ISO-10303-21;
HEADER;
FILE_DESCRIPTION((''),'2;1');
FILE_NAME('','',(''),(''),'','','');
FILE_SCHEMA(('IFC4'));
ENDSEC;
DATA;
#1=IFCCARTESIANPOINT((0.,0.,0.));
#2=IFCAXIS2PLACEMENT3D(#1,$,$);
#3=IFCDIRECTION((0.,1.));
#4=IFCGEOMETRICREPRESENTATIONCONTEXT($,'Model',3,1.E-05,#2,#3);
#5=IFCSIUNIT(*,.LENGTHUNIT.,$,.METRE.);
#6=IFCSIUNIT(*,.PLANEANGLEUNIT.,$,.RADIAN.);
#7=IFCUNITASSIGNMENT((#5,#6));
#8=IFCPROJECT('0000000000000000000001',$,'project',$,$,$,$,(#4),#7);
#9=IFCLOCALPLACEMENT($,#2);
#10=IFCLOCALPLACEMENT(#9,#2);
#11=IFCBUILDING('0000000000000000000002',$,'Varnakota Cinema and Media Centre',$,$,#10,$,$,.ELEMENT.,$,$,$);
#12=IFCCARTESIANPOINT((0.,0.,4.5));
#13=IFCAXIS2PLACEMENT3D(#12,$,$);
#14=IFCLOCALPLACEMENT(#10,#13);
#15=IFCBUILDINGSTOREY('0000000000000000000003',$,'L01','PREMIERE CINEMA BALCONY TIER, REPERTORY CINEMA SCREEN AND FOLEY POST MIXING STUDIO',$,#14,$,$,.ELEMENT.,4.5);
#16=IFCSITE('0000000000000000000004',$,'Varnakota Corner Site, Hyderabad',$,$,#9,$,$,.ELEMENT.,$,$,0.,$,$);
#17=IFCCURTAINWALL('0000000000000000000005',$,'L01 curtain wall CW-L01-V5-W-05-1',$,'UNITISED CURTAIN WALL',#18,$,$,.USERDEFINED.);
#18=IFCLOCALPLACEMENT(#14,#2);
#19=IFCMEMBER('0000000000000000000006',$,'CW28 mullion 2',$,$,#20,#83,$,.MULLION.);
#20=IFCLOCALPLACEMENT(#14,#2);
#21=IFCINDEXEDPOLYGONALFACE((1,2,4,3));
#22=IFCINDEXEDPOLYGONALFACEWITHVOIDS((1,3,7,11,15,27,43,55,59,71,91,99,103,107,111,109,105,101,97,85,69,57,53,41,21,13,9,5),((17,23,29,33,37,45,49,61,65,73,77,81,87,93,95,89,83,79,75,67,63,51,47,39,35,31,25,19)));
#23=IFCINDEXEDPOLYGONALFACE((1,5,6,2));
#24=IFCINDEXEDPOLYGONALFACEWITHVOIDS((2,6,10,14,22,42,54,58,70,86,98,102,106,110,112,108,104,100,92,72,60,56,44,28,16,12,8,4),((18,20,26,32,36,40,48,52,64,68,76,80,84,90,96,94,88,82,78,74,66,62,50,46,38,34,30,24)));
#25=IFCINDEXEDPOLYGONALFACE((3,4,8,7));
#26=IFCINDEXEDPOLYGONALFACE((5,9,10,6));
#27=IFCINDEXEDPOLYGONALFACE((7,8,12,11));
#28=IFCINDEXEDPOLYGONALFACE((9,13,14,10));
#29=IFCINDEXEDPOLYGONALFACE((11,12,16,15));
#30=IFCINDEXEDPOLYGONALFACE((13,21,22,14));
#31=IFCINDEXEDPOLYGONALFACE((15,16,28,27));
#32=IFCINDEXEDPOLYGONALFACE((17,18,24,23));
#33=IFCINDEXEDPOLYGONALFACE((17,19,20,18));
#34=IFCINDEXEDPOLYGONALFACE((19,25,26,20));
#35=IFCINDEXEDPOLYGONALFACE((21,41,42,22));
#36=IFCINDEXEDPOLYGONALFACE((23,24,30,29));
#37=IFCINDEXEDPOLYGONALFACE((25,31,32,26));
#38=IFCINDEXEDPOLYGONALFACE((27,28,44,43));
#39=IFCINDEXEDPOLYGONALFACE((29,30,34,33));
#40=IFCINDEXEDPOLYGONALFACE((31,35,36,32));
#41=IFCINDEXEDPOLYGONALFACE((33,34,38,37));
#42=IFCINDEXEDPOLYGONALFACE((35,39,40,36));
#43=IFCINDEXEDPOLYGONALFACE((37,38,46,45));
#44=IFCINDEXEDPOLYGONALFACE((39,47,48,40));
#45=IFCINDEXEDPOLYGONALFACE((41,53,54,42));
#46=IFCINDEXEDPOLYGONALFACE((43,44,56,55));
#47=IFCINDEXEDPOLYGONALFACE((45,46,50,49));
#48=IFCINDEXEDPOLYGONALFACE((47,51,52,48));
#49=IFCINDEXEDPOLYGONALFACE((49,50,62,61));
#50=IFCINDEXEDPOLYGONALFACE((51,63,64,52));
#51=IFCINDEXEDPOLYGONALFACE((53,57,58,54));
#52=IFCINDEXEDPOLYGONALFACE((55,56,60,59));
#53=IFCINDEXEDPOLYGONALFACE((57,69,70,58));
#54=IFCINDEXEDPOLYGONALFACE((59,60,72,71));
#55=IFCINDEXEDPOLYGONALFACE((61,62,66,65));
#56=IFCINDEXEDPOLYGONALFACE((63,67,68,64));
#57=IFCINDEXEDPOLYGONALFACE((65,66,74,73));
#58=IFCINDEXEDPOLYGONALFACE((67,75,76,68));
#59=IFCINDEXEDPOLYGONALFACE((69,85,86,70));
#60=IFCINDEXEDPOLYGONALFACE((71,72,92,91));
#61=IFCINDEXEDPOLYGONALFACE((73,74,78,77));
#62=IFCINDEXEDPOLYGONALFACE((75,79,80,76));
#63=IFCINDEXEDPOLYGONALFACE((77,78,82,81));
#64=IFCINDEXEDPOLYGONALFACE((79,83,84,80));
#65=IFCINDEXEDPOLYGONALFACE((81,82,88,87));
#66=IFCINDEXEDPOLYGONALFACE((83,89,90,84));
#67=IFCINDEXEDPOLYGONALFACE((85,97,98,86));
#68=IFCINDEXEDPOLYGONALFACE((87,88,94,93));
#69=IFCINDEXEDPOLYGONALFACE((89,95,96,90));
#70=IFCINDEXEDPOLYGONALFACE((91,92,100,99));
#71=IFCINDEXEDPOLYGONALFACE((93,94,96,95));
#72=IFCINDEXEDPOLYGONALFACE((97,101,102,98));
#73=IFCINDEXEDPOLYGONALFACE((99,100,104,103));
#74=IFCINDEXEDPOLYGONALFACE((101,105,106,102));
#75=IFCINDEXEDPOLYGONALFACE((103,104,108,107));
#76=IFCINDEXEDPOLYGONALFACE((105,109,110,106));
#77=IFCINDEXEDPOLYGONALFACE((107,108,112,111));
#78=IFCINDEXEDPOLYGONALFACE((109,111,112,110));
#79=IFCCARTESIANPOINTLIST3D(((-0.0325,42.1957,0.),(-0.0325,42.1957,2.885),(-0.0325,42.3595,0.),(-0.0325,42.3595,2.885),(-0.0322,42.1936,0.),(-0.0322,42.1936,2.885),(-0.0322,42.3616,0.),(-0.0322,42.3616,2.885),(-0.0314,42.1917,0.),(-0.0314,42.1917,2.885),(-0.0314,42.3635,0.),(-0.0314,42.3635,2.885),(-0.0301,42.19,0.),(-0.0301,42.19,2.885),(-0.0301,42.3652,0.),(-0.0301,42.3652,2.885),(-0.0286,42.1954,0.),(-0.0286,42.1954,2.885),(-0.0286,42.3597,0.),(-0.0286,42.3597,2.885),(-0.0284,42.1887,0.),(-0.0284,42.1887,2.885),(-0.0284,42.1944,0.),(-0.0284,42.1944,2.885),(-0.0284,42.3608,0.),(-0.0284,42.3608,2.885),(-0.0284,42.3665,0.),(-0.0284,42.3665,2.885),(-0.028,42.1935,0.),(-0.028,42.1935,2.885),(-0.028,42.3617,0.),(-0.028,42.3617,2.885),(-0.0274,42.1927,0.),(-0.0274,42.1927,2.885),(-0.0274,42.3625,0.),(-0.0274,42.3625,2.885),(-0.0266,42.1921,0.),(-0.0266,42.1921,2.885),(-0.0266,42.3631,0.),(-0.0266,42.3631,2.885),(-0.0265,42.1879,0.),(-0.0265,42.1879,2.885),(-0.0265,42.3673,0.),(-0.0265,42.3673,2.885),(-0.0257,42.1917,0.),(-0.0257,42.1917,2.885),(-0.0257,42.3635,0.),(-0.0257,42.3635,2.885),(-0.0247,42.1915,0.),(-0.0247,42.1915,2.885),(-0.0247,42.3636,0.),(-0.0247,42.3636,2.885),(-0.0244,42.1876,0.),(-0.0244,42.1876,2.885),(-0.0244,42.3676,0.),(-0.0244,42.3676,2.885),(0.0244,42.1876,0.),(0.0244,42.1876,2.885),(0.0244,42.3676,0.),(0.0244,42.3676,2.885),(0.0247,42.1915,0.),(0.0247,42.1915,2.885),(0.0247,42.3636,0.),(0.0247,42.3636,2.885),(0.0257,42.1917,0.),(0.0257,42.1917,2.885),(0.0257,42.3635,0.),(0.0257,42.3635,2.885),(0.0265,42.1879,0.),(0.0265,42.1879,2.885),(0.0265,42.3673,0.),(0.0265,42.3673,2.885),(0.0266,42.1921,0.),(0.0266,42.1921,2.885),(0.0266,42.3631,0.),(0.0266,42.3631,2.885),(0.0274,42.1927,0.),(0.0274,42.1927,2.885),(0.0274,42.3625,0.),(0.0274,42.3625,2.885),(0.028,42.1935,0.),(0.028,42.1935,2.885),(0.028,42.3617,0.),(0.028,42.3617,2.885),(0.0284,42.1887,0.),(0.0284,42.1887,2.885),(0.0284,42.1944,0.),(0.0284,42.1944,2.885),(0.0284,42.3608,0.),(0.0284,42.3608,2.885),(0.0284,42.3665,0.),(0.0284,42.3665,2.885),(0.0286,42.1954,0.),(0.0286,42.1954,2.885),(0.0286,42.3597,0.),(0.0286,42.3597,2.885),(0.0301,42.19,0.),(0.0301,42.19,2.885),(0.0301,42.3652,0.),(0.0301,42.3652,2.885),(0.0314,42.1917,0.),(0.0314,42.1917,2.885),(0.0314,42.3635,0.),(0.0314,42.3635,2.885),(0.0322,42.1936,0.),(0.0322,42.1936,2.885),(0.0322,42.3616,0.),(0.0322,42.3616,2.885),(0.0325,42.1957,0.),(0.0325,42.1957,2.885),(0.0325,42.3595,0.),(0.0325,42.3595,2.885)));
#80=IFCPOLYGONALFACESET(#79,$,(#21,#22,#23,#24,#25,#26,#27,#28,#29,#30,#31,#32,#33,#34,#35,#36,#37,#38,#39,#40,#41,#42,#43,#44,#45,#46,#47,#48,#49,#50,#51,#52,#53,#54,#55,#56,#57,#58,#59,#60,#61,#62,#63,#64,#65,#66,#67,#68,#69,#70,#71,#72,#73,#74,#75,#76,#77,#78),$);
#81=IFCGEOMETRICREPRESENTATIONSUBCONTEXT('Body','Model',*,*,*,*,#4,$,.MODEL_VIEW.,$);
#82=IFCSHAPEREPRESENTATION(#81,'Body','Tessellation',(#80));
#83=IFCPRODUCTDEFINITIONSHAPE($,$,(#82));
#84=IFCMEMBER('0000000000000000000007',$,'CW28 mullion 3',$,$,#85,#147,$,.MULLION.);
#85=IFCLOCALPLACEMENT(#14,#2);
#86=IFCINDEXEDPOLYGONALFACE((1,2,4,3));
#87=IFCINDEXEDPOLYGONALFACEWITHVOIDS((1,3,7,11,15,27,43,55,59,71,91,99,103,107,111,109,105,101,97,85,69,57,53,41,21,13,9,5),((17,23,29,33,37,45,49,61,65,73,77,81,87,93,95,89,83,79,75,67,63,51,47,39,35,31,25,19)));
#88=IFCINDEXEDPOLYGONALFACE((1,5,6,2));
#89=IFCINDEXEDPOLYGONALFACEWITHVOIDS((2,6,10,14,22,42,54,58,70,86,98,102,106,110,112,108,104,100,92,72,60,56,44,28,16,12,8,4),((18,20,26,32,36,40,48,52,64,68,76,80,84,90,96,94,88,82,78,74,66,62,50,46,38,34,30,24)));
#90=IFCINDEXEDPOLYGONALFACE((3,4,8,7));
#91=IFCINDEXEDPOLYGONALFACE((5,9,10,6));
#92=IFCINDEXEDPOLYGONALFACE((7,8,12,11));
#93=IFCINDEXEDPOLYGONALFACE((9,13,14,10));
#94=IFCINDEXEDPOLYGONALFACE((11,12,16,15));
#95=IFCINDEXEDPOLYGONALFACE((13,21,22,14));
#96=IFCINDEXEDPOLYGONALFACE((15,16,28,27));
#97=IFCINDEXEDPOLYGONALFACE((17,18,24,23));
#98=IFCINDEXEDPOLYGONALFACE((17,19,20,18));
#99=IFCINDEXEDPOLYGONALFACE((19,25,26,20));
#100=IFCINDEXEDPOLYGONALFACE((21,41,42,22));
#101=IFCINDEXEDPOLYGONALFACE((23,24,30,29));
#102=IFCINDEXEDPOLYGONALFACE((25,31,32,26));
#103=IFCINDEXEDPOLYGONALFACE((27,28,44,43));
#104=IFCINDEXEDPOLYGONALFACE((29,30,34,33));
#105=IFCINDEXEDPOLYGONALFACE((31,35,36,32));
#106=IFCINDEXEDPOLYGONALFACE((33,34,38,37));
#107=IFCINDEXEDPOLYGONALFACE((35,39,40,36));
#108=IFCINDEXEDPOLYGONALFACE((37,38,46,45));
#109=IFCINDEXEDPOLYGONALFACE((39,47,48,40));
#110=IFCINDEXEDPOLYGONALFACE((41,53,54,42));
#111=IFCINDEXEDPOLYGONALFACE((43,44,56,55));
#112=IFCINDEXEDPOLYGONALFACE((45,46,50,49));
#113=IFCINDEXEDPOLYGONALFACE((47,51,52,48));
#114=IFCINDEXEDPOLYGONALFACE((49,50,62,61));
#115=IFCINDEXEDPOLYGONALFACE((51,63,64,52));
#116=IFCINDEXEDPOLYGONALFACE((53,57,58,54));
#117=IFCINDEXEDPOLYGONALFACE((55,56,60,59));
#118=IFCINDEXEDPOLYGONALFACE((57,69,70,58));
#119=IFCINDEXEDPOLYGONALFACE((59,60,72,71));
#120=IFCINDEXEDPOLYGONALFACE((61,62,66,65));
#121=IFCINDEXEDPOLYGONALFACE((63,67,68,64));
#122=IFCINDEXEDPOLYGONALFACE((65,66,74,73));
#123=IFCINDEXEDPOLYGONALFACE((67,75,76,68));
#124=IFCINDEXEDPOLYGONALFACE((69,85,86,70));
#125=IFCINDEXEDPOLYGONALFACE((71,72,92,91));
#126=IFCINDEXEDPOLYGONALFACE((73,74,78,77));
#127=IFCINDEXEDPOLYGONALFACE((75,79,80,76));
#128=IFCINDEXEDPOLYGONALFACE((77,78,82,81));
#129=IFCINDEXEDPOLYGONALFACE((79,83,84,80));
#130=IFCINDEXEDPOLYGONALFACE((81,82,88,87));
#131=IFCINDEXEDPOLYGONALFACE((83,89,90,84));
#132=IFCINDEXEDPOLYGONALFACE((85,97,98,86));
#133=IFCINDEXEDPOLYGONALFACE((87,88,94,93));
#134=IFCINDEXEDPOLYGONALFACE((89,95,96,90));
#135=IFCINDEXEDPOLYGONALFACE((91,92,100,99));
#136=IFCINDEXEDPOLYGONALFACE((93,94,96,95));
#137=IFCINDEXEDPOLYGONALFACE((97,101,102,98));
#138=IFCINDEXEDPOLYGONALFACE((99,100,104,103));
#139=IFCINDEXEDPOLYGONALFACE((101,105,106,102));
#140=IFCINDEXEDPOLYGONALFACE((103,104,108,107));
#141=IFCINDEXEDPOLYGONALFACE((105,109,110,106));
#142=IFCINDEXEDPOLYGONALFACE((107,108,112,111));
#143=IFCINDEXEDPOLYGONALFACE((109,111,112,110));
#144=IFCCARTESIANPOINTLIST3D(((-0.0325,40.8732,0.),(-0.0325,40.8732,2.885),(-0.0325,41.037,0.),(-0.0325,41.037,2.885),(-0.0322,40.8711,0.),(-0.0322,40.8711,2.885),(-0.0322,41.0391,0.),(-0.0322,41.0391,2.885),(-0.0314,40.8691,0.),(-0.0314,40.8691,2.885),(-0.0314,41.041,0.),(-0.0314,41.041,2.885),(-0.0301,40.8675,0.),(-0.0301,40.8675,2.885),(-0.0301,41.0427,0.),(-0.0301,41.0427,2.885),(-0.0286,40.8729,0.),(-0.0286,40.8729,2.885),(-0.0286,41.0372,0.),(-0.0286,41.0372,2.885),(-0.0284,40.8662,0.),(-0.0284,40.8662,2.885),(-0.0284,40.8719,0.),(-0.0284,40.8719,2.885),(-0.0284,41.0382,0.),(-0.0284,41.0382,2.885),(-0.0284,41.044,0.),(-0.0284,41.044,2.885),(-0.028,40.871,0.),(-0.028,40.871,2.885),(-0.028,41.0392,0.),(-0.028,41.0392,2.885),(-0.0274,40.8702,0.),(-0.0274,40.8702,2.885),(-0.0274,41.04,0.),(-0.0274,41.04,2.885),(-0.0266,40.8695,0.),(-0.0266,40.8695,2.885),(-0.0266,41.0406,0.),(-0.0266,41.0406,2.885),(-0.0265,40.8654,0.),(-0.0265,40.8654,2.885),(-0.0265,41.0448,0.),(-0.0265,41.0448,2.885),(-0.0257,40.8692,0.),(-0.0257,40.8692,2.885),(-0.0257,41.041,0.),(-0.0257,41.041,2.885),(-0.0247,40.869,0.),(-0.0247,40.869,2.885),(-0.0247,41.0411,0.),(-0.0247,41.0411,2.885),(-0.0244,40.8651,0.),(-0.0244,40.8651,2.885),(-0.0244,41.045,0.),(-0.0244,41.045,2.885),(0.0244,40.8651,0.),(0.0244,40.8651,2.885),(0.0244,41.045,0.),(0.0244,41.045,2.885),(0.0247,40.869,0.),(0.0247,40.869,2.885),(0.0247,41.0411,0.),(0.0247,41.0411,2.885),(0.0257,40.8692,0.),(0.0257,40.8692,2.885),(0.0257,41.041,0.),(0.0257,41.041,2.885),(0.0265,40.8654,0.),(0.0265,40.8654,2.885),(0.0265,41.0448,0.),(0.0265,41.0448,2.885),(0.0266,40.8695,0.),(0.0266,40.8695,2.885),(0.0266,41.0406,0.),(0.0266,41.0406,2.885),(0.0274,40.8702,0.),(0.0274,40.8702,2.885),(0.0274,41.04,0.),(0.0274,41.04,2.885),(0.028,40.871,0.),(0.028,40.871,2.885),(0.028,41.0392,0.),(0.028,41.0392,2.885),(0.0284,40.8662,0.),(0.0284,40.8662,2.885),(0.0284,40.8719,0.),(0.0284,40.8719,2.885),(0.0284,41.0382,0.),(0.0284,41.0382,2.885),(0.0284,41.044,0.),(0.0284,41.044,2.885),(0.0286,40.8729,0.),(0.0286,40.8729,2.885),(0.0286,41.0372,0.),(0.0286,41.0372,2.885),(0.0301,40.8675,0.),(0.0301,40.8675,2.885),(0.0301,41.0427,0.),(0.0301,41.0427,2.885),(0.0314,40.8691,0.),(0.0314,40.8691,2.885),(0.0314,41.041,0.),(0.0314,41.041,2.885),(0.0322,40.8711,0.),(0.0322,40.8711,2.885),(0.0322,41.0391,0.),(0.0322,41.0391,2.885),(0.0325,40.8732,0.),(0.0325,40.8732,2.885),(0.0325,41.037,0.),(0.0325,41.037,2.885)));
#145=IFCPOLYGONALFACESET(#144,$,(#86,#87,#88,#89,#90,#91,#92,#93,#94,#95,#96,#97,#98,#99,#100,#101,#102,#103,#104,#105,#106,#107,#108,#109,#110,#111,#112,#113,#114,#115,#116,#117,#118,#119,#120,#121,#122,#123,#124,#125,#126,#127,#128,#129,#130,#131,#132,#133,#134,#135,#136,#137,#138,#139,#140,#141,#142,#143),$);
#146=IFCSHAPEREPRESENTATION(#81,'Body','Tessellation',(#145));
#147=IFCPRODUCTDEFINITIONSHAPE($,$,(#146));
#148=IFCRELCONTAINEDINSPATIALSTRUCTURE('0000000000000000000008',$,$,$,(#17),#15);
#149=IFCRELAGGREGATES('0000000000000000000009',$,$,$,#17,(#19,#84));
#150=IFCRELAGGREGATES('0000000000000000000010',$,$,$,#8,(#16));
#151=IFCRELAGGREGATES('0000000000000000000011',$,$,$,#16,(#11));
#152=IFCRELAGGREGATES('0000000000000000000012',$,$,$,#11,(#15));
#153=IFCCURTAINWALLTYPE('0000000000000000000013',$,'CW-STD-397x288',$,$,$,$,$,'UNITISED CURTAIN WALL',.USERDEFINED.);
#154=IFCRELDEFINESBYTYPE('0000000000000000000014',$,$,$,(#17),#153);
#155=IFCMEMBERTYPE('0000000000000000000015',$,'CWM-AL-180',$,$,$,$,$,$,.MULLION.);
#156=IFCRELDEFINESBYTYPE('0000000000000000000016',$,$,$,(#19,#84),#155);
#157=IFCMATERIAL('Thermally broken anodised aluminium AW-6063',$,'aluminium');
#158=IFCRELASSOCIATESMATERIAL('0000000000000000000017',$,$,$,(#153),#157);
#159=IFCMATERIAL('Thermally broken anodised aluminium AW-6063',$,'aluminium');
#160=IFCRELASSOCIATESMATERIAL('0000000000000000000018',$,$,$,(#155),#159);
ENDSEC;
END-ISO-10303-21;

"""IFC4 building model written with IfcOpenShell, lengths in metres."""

from ifc_helpers import new_model, si_unit, direction, frame, origin, origin_2d, place, context, subcontext, project, spatial, hollow_rectangle, extrude, material, material_profile, profile_set, type_object, element, aggregate, save


model = new_model("IFC4")

# Units and contexts
model_context = context("Model", 3, precision=1e-05, world=origin(), true_north=direction((0.0, 1.0)))
body_context = subcontext(model_context, "Body", "Model", "MODEL_VIEW")
ifc_project = project(units=[si_unit("LENGTHUNIT", "METRE"), si_unit("PLANEANGLEUNIT", "RADIAN")], contexts=[model_context])

# Site, building, storey
site_placement = place(None, origin())
site = spatial("IfcSite", under=ifc_project, at=site_placement, Name="Varnakota Corner Site, Hyderabad", CompositionType="ELEMENT", RefElevation=0.0)
building_placement = place(site_placement, origin())
building = spatial("IfcBuilding", under=site, at=building_placement, Name="Varnakota Cinema and Media Centre", CompositionType="ELEMENT")
storey_placement = place(building_placement, frame((0.0, 0.0, 4.5)))
storey = spatial("IfcBuildingStorey", under=building, at=storey_placement, Name="L01", Description="PREMIERE CINEMA BALCONY TIER, REPERTORY CINEMA SCREEN AND FOLEY POST MIXING STUDIO", CompositionType="ELEMENT", Elevation=4.5)

# Curtain wall, members
ifc_material_1 = material(Name="Thermally broken anodised aluminium AW-6063", Category="aluminium")
curtain_wall_type = type_object("IfcCurtainWallType", Name="CW-STD-397x288", ElementType="UNITISED CURTAIN WALL", PredefinedType="USERDEFINED", material=ifc_material_1)
curtain_wall_placement = place(storey_placement, origin())
curtain_wall = element("IfcCurtainWall", 1, at=curtain_wall_placement, inside=storey, type_object=curtain_wall_type, Name="L01 curtain wall CW-L01-V5-W-05-1", ObjectType="UNITISED CURTAIN WALL", PredefinedType="USERDEFINED")
ifc_material_2 = material(Name="Thermally broken anodised aluminium AW-6063", Category="aluminium")
ifc_material_profile_1 = material_profile(ifc_material_2, hollow_rectangle(XDim=0.0649, YDim=0.1799, WallThickness=0.0039, InnerFilletRadius=0.0039, OuterFilletRadius=0.0081, at=origin_2d()), Name="AL-MULLION 180x65x4")
ifc_profile_set_1 = profile_set([ifc_material_profile_1], Name="Thermally broken anodised aluminium AW-6063")
member_type_1 = type_object("IfcMemberType", Name="CWM-AL-180", PredefinedType="MULLION", material=ifc_profile_set_1)
member_1_placement = place(storey_placement, frame((0.0, 42.2776, 0.0), z_axis=(0.0, 0.0, 1.0), x_axis=(1.0, 0.0, 0.0)))
member_1 = element("IfcMember", 2, at=member_1_placement, type_object=member_type_1, Name="CW28 mullion 2", PredefinedType="MULLION", context=body_context, shape_type="SweptSolid", body=[
    extrude(hollow_rectangle(XDim=0.0649, YDim=0.1799, WallThickness=0.0039, InnerFilletRadius=0.0039, OuterFilletRadius=0.0081, at=origin_2d()), origin(), (0.0, 0.0, 1.0), 2.885),
])
member_2_placement = place(storey_placement, frame((0.0, 40.9551, 0.0), z_axis=(0.0, 0.0, 1.0), x_axis=(1.0, 0.0, 0.0)))
member_2 = element("IfcMember", 3, at=member_2_placement, type_object=member_type_1, Name="CW28 mullion 3", PredefinedType="MULLION", context=body_context, shape_type="SweptSolid", body=[
    extrude(hollow_rectangle(XDim=0.0649, YDim=0.1799, WallThickness=0.0039, InnerFilletRadius=0.0039, OuterFilletRadius=0.0081, at=origin_2d()), origin(), (0.0, 0.0, 1.0), 2.885),
])
aggregate(curtain_wall, [member_1, member_2])

save(model, "model.ifc")
